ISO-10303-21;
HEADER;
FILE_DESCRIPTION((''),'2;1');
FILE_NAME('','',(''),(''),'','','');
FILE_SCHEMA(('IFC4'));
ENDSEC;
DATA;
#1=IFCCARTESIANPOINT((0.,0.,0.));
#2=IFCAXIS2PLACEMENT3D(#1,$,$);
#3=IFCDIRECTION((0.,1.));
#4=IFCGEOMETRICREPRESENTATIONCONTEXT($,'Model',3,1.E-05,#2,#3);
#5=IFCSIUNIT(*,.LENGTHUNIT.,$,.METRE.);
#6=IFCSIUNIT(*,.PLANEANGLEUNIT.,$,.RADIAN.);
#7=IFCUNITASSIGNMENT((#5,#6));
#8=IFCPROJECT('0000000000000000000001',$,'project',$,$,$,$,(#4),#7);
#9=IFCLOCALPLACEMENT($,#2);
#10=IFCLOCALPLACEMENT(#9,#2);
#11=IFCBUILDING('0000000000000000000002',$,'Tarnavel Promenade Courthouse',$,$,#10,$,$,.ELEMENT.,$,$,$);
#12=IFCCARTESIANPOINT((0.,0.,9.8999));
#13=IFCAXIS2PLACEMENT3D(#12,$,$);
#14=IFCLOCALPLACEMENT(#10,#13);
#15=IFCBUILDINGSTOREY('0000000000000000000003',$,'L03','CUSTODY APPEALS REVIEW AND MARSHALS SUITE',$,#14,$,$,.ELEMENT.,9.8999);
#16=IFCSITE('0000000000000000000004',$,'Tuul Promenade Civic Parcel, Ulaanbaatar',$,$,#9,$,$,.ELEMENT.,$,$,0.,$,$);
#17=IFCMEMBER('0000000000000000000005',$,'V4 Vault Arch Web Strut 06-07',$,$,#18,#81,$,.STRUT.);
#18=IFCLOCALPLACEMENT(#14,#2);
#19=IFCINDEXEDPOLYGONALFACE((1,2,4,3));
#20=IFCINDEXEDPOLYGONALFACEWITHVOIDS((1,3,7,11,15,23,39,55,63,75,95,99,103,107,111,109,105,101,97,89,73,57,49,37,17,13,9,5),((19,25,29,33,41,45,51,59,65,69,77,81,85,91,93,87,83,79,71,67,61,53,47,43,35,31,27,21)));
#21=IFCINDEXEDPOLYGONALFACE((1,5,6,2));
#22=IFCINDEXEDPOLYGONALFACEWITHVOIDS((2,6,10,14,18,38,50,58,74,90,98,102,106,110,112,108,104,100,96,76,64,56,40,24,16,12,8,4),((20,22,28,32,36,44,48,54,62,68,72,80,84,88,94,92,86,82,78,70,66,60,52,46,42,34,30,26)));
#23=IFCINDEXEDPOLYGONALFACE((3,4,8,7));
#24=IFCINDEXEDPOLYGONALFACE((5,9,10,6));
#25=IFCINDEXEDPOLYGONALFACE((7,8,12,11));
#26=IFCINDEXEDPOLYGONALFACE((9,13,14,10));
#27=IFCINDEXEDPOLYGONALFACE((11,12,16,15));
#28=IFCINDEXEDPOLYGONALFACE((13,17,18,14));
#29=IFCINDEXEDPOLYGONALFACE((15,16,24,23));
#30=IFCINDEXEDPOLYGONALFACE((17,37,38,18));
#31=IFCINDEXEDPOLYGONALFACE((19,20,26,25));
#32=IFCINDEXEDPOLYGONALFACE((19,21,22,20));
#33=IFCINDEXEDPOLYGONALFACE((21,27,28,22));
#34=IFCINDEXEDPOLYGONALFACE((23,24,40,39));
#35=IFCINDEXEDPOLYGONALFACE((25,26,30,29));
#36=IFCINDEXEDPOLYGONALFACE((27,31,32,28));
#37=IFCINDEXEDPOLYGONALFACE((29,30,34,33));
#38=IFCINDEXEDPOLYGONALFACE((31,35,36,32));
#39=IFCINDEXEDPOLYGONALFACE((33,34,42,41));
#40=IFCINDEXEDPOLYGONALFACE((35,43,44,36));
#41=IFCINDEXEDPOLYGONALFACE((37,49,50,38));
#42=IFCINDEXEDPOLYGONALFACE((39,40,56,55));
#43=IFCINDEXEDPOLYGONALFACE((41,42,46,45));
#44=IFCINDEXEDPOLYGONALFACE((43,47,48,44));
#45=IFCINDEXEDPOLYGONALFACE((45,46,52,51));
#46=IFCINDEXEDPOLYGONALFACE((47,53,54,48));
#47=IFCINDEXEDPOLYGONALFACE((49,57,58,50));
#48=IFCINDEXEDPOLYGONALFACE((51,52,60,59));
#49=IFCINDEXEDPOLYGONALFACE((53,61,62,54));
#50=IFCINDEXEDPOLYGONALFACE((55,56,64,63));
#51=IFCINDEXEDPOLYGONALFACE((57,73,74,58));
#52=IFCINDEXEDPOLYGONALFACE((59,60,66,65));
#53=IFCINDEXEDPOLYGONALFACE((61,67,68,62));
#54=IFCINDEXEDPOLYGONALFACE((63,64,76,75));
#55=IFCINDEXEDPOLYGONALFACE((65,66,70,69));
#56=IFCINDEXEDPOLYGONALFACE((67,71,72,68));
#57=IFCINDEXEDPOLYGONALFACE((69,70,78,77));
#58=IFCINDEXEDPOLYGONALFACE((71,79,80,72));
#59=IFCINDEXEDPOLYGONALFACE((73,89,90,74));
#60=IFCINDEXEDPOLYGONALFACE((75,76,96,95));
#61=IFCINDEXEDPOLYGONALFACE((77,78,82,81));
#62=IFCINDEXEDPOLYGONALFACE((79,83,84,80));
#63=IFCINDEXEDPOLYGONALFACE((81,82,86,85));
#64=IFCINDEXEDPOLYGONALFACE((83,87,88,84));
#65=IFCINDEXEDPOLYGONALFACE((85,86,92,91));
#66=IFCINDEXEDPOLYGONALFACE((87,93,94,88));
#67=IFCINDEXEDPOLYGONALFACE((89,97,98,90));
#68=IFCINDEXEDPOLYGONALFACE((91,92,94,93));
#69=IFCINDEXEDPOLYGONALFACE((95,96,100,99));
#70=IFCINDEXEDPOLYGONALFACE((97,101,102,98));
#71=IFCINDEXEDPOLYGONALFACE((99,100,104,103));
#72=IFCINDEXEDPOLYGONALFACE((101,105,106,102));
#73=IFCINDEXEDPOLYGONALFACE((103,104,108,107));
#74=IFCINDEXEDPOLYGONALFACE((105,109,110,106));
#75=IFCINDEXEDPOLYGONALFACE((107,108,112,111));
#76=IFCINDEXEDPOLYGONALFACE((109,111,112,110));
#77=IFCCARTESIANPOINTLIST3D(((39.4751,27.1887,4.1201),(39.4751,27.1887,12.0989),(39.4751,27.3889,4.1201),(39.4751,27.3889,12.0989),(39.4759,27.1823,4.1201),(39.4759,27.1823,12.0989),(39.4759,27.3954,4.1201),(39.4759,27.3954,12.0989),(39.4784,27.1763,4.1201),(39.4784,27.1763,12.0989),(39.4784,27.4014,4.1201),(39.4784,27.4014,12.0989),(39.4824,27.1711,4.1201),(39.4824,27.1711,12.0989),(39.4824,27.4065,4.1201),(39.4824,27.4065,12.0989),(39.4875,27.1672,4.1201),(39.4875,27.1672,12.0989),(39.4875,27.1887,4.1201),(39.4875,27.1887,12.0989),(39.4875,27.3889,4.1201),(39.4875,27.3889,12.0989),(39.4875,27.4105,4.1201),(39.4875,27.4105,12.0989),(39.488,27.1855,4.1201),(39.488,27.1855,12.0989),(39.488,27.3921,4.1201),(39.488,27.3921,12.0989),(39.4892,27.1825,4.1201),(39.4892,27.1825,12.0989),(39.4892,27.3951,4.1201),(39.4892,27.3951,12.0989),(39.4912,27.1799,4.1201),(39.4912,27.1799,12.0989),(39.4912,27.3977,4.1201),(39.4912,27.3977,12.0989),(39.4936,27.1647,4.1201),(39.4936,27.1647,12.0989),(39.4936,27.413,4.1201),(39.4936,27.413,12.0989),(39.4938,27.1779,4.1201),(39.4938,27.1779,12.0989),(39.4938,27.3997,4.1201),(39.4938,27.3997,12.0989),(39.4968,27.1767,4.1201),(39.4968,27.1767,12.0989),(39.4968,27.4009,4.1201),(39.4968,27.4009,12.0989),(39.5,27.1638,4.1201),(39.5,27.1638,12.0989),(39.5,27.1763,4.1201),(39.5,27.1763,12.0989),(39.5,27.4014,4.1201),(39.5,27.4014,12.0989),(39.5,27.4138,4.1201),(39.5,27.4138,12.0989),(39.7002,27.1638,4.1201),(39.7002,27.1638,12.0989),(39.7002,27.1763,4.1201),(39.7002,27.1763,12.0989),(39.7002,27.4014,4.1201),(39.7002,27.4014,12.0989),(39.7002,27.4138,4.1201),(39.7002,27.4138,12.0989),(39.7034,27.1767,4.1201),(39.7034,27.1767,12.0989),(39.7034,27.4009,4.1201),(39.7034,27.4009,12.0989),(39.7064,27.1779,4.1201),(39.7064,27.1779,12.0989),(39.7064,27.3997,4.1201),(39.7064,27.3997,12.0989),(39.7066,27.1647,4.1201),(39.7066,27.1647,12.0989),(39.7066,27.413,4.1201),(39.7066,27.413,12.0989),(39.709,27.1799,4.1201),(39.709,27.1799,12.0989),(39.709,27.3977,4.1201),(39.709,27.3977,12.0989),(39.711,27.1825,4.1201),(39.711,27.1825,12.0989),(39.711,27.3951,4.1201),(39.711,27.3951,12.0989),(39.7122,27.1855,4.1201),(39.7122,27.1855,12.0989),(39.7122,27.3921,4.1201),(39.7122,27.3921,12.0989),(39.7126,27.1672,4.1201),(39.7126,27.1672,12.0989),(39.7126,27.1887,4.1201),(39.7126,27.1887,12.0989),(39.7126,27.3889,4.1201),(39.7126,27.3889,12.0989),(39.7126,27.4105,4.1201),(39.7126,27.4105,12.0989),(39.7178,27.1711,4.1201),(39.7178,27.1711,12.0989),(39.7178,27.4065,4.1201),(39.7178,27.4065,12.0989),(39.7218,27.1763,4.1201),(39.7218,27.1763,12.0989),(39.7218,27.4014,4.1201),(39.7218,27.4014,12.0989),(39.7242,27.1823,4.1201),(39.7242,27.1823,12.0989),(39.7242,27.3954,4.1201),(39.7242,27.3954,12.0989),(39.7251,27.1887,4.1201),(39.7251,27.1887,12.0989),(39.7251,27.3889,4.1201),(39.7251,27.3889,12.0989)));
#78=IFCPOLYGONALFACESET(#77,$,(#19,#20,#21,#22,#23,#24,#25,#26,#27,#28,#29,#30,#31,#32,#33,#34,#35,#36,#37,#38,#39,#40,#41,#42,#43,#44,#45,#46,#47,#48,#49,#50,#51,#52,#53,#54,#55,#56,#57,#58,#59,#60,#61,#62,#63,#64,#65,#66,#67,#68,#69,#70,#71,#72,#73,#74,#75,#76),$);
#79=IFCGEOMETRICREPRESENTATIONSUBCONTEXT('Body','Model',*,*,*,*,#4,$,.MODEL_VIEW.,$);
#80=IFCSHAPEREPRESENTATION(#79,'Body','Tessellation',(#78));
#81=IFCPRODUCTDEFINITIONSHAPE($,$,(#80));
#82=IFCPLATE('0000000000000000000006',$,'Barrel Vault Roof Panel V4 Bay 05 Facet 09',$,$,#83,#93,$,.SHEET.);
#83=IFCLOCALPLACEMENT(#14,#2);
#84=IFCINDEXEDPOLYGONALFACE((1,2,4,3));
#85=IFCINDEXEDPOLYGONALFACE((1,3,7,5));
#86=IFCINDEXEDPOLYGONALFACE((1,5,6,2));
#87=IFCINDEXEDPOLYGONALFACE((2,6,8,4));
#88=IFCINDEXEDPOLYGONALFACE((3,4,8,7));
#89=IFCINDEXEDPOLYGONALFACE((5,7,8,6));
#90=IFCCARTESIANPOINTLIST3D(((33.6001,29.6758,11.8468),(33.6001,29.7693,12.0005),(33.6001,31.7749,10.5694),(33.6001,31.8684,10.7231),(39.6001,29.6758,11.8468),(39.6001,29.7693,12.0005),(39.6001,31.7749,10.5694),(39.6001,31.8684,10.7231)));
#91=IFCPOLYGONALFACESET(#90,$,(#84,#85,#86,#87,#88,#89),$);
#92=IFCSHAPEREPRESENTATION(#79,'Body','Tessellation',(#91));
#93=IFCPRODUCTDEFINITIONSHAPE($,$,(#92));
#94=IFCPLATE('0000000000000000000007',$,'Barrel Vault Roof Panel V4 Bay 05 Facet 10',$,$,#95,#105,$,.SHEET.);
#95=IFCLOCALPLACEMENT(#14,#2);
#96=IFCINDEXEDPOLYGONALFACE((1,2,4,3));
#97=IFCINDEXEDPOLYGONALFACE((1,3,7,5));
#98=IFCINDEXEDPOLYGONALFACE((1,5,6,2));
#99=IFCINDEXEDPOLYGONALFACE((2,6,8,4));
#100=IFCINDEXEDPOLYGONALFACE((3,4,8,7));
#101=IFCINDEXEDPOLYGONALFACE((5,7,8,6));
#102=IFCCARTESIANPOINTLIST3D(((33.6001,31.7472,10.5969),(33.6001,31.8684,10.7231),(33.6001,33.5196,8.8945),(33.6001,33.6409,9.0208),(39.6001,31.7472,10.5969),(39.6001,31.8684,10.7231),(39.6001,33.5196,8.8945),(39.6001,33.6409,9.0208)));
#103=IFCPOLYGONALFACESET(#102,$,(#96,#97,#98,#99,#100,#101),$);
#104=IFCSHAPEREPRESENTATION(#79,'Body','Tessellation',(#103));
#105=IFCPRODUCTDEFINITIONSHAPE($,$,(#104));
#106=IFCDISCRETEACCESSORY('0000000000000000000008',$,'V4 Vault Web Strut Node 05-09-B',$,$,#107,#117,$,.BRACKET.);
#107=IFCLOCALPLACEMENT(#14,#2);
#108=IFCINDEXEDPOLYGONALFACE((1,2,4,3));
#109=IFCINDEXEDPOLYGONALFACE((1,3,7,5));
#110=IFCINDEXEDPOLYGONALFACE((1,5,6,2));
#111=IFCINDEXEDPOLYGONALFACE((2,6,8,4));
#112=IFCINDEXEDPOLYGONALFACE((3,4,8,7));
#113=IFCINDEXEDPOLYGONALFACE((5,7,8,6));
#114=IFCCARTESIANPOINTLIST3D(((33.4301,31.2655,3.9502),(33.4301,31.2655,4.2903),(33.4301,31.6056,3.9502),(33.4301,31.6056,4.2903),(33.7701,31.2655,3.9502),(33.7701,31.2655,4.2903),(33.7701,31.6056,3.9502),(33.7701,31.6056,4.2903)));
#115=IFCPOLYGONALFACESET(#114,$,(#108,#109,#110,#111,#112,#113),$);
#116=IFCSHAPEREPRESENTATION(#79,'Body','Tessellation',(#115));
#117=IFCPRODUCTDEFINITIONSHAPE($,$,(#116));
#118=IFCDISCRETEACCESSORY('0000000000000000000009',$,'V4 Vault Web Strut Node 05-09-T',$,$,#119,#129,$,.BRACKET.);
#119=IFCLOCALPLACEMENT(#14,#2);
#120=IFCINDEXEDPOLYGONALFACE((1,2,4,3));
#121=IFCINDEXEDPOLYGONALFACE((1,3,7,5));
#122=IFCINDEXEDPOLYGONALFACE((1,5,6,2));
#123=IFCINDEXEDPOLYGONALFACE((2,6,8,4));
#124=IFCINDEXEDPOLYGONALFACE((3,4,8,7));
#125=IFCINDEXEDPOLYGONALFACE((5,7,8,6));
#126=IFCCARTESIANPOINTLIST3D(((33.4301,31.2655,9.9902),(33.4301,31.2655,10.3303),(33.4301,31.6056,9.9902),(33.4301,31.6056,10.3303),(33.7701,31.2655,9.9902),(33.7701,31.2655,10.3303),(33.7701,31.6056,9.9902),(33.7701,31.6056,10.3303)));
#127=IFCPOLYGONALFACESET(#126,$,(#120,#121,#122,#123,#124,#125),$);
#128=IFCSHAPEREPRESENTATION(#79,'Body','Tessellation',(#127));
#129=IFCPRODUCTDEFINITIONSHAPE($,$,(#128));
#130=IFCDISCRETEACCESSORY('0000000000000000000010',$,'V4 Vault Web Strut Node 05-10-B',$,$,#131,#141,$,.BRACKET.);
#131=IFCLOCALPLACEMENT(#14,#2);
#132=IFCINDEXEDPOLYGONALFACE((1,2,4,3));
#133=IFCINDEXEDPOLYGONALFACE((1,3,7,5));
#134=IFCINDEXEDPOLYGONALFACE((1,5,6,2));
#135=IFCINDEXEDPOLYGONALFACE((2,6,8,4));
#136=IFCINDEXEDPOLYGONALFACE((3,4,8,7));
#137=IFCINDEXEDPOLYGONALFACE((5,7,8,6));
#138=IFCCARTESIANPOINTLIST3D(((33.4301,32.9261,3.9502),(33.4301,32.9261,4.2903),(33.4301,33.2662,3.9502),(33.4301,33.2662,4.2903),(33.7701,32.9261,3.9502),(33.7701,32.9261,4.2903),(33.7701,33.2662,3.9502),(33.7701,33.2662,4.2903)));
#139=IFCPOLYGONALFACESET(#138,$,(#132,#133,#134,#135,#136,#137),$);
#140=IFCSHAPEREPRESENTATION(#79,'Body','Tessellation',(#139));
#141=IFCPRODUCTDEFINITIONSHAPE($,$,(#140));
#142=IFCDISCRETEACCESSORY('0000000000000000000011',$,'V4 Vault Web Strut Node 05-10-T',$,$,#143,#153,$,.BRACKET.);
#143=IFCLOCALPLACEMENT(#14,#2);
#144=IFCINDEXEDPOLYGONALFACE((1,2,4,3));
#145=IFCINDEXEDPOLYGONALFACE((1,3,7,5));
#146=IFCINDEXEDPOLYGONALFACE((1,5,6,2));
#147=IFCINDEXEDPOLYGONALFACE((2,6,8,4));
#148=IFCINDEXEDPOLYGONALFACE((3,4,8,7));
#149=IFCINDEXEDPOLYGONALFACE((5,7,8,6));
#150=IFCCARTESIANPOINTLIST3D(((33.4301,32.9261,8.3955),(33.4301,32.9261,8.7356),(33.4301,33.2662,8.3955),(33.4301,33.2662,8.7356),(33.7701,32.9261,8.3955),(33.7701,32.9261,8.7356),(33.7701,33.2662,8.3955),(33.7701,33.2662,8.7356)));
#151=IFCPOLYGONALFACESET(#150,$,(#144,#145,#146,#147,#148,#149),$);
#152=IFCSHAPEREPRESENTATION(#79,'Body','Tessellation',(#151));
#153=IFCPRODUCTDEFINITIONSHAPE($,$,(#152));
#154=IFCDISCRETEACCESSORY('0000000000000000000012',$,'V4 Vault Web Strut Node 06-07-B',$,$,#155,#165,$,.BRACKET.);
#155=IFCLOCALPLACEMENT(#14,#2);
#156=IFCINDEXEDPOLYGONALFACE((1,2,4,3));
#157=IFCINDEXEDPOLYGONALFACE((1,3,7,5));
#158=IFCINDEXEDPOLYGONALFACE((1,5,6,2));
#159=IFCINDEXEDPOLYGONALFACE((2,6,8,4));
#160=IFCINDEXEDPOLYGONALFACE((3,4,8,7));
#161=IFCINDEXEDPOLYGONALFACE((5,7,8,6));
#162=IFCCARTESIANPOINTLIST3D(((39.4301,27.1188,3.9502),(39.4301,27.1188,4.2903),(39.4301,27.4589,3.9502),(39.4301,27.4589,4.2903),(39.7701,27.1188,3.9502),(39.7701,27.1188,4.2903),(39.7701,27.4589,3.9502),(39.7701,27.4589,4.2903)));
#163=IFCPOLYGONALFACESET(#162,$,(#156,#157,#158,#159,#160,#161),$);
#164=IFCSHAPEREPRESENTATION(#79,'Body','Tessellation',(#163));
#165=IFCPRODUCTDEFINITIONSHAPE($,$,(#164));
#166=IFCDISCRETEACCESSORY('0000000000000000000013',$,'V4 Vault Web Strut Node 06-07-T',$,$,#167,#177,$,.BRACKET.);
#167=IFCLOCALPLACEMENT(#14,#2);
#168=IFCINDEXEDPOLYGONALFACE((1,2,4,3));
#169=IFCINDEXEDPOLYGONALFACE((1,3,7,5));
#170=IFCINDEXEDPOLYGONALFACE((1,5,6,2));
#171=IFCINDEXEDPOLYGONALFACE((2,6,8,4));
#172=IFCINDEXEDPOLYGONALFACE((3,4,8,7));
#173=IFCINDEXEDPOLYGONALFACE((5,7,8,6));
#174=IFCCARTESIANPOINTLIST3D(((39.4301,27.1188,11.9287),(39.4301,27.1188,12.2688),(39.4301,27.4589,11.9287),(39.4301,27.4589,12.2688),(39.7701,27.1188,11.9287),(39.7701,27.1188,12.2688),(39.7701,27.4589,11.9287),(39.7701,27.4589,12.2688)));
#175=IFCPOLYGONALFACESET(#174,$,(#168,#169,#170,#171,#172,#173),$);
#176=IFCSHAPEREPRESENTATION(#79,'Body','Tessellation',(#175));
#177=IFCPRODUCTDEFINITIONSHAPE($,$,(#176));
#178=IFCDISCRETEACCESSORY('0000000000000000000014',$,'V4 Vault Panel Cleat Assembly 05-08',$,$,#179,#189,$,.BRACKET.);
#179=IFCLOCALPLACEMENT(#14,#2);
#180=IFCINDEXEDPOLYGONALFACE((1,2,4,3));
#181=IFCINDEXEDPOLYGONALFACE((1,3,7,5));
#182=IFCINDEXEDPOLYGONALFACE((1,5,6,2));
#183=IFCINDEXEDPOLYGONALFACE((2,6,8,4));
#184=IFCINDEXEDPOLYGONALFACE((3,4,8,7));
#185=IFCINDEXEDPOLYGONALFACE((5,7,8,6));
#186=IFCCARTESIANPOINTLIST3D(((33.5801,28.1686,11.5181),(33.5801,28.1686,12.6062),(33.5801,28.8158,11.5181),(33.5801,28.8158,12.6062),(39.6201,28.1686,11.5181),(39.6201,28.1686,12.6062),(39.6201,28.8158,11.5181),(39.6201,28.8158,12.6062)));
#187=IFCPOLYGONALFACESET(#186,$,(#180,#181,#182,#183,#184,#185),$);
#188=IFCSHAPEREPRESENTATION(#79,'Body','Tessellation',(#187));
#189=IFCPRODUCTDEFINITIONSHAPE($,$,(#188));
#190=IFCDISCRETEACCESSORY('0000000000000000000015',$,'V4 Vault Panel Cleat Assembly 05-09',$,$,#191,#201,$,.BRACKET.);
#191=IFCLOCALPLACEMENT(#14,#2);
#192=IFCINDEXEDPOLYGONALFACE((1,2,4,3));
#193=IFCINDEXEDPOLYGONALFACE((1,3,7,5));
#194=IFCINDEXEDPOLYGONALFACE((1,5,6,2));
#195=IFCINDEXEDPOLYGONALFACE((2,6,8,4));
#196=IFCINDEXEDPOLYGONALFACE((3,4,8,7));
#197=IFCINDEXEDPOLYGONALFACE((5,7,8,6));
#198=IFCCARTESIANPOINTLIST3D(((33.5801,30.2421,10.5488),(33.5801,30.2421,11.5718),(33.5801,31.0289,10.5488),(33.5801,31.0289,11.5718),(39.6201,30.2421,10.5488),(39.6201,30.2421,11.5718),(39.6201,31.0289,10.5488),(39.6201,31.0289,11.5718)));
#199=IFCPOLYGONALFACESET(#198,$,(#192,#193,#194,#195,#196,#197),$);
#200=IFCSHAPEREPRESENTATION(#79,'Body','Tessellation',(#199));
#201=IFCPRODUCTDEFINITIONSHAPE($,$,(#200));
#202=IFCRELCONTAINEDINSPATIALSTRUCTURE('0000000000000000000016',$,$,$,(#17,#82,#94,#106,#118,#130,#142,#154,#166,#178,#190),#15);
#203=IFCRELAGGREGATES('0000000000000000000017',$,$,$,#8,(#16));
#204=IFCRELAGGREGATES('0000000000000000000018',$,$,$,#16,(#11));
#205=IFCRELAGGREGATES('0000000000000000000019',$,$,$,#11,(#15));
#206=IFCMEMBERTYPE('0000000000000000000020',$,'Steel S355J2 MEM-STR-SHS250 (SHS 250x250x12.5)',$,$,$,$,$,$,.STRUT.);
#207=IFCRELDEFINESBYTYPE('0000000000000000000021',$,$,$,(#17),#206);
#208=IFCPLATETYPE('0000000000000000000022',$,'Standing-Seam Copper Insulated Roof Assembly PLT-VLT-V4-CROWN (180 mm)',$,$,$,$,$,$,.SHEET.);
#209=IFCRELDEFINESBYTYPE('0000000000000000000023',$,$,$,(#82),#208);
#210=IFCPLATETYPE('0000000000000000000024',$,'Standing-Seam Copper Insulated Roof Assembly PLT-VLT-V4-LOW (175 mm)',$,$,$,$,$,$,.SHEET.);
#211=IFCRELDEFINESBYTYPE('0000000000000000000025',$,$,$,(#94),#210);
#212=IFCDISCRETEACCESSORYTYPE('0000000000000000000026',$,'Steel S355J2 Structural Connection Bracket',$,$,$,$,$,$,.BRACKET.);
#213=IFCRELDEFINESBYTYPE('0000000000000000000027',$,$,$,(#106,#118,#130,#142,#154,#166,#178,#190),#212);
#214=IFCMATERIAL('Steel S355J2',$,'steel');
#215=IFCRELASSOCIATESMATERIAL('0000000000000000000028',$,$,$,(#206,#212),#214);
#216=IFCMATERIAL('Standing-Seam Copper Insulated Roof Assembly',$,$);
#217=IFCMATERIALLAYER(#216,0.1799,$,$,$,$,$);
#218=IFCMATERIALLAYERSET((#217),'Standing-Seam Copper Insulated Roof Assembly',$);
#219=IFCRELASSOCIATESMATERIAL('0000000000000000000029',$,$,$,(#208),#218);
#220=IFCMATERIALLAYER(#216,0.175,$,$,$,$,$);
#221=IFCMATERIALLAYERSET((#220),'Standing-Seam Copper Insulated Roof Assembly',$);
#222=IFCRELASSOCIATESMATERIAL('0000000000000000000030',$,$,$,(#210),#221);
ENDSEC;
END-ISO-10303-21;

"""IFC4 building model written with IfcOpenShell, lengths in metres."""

from ifc_helpers import new_model, si_unit, direction, frame, origin, origin_2d, place, context, subcontext, project, spatial, polyline, rectangle, hollow_rectangle, outline, extrude, material, layer, layer_set, material_profile, profile_set, type_object, element, save


model = new_model("IFC4")

# Units and contexts
model_context = context("Model", 3, precision=1e-05, world=origin(), true_north=direction((0.0, 1.0)))
body_context = subcontext(model_context, "Body", "Model", "MODEL_VIEW")
ifc_project = project(units=[si_unit("LENGTHUNIT", "METRE"), si_unit("PLANEANGLEUNIT", "RADIAN")], contexts=[model_context])

# Site, building, storey
site_placement = place(None, origin())
site = spatial("IfcSite", under=ifc_project, at=site_placement, Name="Tuul Promenade Civic Parcel, Ulaanbaatar", CompositionType="ELEMENT", RefElevation=0.0)
building_placement = place(site_placement, origin())
building = spatial("IfcBuilding", under=site, at=building_placement, Name="Tarnavel Promenade Courthouse", CompositionType="ELEMENT")
storey_placement = place(building_placement, frame((0.0, 0.0, 9.8999)))
storey = spatial("IfcBuildingStorey", under=building, at=storey_placement, Name="L03", Description="CUSTODY APPEALS REVIEW AND MARSHALS SUITE", CompositionType="ELEMENT", Elevation=9.8999)

# Shared definitions
ifc_material_1 = material(Name="Steel S355J2", Category="steel")

# Member
ifc_material_profile_1 = material_profile(ifc_material_1, hollow_rectangle(XDim=0.25, YDim=0.25, WallThickness=0.0125, InnerFilletRadius=0.0125, OuterFilletRadius=0.0249, at=origin_2d()), Name="SHS 250x250x12.5")
ifc_profile_set_1 = profile_set([ifc_material_profile_1], Name="Steel S355J2")
member_type_1 = type_object("IfcMemberType", Name="Steel S355J2 MEM-STR-SHS250 (SHS 250x250x12.5)", PredefinedType="STRUT", material=ifc_profile_set_1)
member_1_placement = place(storey_placement, frame((39.6001, 27.2888, 4.1201), z_axis=(0.0, 0.0, 1.0), x_axis=(1.0, 0.0, 0.0)))
element("IfcMember", 1, at=member_1_placement, inside=storey, type_object=member_type_1, Name="V4 Vault Arch Web Strut 06-07", PredefinedType="STRUT", context=body_context, shape_type="SweptSolid", body=[
    extrude(hollow_rectangle(XDim=0.25, YDim=0.25, WallThickness=0.0125, InnerFilletRadius=0.0125, OuterFilletRadius=0.0249, at=origin_2d()), origin(), (0.0, 0.0, 1.0), 7.9788),
])

# Plates
ifc_material_2 = material(Name="Standing-Seam Copper Insulated Roof Assembly")
ifc_layer_1 = layer(ifc_material_2, 0.1799)
ifc_layer_set_1 = layer_set([ifc_layer_1], Name="Standing-Seam Copper Insulated Roof Assembly")
plate_type_1 = type_object("IfcPlateType", Name="Standing-Seam Copper Insulated Roof Assembly PLT-VLT-V4-CROWN (180 mm)", PredefinedType="SHEET", material=ifc_layer_set_1)
plate_1_placement = place(storey_placement, frame((33.6001, 29.7693, 12.0005), z_axis=(0.0, 0.519833, 0.854268), x_axis=(1.0, 0.0, 0.0)))
element("IfcPlate", 2, at=plate_1_placement, inside=storey, type_object=plate_type_1, Name="Barrel Vault Roof Panel V4 Bay 05 Facet 09", PredefinedType="SHEET", context=body_context, shape_type="SweptSolid", body=[
    extrude(outline(polyline([(0.0, 0.0), (6.0, 0.0), (6.0, 2.4572), (0.0, 2.4572), (0.0, 0.0)])), origin(), (0.0, 0.0, -1.0), 0.1799),
])
ifc_layer_2 = layer(ifc_material_2, 0.175)
ifc_layer_set_2 = layer_set([ifc_layer_2], Name="Standing-Seam Copper Insulated Roof Assembly")
plate_type_2 = type_object("IfcPlateType", Name="Standing-Seam Copper Insulated Roof Assembly PLT-VLT-V4-LOW (175 mm)", PredefinedType="SHEET", material=ifc_layer_set_2)
plate_2_placement = place(storey_placement, frame((33.6001, 31.8684, 10.7231), z_axis=(0.0, 0.692708, 0.721219), x_axis=(1.0, 0.0, 0.0)))
element("IfcPlate", 3, at=plate_2_placement, inside=storey, type_object=plate_type_2, Name="Barrel Vault Roof Panel V4 Bay 05 Facet 10", PredefinedType="SHEET", context=body_context, shape_type="SweptSolid", body=[
    extrude(outline(polyline([(0.0, 0.0), (6.0, 0.0), (6.0, 2.4576), (0.0, 2.4576), (0.0, 0.0)])), origin(), (0.0, 0.0, -1.0), 0.175),
])

# Discrete accessories
discrete_accessory_type = type_object("IfcDiscreteAccessoryType", Name="Steel S355J2 Structural Connection Bracket", PredefinedType="BRACKET", material=ifc_material_1)
for number, where, z_axis, x_axis, name in (
    (4, (33.6001, 31.4355, 3.9502), (0.0, 0.0, 1.0), (1.0, 0.0, 0.0), "V4 Vault Web Strut Node 05-09-B"),
    (5, (33.6001, 31.4355, 9.9902), (0.0, 0.0, 1.0), (1.0, 0.0, 0.0), "V4 Vault Web Strut Node 05-09-T"),
    (6, (33.6001, 33.0962, 3.9502), (0.0, 0.0, 1.0), (1.0, 0.0, 0.0), "V4 Vault Web Strut Node 05-10-B"),
    (7, (33.6001, 33.0962, 8.3955), (0.0, 0.0, 1.0), (1.0, 0.0, 0.0), "V4 Vault Web Strut Node 05-10-T"),
    (8, (39.6001, 27.2888, 3.9502), (0.0, 0.0, 1.0), (1.0, 0.0, 0.0), "V4 Vault Web Strut Node 06-07-B"),
    (9, (39.6001, 27.2888, 11.9287), (0.0, 0.0, 1.0), (1.0, 0.0, 0.0), "V4 Vault Web Strut Node 06-07-T"),
):
    element("IfcDiscreteAccessory", number, at=place(storey_placement, frame(where, z_axis=z_axis, x_axis=x_axis)), inside=storey, type_object=discrete_accessory_type, Name=name, PredefinedType="BRACKET", context=body_context, shape_type="SweptSolid", body=[
        extrude(rectangle(XDim=0.3401, YDim=0.3401, at=origin_2d()), origin(), (0.0, 0.0, 1.0), 0.3401),
    ])
discrete_accessory_1_placement = place(storey_placement, frame((36.6001, 28.4922, 11.5181), z_axis=(0.0, 0.0, 1.0), x_axis=(1.0, 0.0, 0.0)))
element("IfcDiscreteAccessory", 10, at=discrete_accessory_1_placement, inside=storey, type_object=discrete_accessory_type, Name="V4 Vault Panel Cleat Assembly 05-08", PredefinedType="BRACKET", context=body_context, shape_type="SweptSolid", body=[
    extrude(rectangle(XDim=6.04, YDim=0.6472, at=origin_2d()), origin(), (0.0, 0.0, 1.0), 1.0881),
])
discrete_accessory_2_placement = place(storey_placement, frame((36.6001, 30.6355, 10.5488), z_axis=(0.0, 0.0, 1.0), x_axis=(1.0, 0.0, 0.0)))
element("IfcDiscreteAccessory", 11, at=discrete_accessory_2_placement, inside=storey, type_object=discrete_accessory_type, Name="V4 Vault Panel Cleat Assembly 05-09", PredefinedType="BRACKET", context=body_context, shape_type="SweptSolid", body=[
    extrude(rectangle(XDim=6.04, YDim=0.7869, at=origin_2d()), origin(), (0.0, 0.0, 1.0), 1.0229),
])

save(model, "model.ifc")
